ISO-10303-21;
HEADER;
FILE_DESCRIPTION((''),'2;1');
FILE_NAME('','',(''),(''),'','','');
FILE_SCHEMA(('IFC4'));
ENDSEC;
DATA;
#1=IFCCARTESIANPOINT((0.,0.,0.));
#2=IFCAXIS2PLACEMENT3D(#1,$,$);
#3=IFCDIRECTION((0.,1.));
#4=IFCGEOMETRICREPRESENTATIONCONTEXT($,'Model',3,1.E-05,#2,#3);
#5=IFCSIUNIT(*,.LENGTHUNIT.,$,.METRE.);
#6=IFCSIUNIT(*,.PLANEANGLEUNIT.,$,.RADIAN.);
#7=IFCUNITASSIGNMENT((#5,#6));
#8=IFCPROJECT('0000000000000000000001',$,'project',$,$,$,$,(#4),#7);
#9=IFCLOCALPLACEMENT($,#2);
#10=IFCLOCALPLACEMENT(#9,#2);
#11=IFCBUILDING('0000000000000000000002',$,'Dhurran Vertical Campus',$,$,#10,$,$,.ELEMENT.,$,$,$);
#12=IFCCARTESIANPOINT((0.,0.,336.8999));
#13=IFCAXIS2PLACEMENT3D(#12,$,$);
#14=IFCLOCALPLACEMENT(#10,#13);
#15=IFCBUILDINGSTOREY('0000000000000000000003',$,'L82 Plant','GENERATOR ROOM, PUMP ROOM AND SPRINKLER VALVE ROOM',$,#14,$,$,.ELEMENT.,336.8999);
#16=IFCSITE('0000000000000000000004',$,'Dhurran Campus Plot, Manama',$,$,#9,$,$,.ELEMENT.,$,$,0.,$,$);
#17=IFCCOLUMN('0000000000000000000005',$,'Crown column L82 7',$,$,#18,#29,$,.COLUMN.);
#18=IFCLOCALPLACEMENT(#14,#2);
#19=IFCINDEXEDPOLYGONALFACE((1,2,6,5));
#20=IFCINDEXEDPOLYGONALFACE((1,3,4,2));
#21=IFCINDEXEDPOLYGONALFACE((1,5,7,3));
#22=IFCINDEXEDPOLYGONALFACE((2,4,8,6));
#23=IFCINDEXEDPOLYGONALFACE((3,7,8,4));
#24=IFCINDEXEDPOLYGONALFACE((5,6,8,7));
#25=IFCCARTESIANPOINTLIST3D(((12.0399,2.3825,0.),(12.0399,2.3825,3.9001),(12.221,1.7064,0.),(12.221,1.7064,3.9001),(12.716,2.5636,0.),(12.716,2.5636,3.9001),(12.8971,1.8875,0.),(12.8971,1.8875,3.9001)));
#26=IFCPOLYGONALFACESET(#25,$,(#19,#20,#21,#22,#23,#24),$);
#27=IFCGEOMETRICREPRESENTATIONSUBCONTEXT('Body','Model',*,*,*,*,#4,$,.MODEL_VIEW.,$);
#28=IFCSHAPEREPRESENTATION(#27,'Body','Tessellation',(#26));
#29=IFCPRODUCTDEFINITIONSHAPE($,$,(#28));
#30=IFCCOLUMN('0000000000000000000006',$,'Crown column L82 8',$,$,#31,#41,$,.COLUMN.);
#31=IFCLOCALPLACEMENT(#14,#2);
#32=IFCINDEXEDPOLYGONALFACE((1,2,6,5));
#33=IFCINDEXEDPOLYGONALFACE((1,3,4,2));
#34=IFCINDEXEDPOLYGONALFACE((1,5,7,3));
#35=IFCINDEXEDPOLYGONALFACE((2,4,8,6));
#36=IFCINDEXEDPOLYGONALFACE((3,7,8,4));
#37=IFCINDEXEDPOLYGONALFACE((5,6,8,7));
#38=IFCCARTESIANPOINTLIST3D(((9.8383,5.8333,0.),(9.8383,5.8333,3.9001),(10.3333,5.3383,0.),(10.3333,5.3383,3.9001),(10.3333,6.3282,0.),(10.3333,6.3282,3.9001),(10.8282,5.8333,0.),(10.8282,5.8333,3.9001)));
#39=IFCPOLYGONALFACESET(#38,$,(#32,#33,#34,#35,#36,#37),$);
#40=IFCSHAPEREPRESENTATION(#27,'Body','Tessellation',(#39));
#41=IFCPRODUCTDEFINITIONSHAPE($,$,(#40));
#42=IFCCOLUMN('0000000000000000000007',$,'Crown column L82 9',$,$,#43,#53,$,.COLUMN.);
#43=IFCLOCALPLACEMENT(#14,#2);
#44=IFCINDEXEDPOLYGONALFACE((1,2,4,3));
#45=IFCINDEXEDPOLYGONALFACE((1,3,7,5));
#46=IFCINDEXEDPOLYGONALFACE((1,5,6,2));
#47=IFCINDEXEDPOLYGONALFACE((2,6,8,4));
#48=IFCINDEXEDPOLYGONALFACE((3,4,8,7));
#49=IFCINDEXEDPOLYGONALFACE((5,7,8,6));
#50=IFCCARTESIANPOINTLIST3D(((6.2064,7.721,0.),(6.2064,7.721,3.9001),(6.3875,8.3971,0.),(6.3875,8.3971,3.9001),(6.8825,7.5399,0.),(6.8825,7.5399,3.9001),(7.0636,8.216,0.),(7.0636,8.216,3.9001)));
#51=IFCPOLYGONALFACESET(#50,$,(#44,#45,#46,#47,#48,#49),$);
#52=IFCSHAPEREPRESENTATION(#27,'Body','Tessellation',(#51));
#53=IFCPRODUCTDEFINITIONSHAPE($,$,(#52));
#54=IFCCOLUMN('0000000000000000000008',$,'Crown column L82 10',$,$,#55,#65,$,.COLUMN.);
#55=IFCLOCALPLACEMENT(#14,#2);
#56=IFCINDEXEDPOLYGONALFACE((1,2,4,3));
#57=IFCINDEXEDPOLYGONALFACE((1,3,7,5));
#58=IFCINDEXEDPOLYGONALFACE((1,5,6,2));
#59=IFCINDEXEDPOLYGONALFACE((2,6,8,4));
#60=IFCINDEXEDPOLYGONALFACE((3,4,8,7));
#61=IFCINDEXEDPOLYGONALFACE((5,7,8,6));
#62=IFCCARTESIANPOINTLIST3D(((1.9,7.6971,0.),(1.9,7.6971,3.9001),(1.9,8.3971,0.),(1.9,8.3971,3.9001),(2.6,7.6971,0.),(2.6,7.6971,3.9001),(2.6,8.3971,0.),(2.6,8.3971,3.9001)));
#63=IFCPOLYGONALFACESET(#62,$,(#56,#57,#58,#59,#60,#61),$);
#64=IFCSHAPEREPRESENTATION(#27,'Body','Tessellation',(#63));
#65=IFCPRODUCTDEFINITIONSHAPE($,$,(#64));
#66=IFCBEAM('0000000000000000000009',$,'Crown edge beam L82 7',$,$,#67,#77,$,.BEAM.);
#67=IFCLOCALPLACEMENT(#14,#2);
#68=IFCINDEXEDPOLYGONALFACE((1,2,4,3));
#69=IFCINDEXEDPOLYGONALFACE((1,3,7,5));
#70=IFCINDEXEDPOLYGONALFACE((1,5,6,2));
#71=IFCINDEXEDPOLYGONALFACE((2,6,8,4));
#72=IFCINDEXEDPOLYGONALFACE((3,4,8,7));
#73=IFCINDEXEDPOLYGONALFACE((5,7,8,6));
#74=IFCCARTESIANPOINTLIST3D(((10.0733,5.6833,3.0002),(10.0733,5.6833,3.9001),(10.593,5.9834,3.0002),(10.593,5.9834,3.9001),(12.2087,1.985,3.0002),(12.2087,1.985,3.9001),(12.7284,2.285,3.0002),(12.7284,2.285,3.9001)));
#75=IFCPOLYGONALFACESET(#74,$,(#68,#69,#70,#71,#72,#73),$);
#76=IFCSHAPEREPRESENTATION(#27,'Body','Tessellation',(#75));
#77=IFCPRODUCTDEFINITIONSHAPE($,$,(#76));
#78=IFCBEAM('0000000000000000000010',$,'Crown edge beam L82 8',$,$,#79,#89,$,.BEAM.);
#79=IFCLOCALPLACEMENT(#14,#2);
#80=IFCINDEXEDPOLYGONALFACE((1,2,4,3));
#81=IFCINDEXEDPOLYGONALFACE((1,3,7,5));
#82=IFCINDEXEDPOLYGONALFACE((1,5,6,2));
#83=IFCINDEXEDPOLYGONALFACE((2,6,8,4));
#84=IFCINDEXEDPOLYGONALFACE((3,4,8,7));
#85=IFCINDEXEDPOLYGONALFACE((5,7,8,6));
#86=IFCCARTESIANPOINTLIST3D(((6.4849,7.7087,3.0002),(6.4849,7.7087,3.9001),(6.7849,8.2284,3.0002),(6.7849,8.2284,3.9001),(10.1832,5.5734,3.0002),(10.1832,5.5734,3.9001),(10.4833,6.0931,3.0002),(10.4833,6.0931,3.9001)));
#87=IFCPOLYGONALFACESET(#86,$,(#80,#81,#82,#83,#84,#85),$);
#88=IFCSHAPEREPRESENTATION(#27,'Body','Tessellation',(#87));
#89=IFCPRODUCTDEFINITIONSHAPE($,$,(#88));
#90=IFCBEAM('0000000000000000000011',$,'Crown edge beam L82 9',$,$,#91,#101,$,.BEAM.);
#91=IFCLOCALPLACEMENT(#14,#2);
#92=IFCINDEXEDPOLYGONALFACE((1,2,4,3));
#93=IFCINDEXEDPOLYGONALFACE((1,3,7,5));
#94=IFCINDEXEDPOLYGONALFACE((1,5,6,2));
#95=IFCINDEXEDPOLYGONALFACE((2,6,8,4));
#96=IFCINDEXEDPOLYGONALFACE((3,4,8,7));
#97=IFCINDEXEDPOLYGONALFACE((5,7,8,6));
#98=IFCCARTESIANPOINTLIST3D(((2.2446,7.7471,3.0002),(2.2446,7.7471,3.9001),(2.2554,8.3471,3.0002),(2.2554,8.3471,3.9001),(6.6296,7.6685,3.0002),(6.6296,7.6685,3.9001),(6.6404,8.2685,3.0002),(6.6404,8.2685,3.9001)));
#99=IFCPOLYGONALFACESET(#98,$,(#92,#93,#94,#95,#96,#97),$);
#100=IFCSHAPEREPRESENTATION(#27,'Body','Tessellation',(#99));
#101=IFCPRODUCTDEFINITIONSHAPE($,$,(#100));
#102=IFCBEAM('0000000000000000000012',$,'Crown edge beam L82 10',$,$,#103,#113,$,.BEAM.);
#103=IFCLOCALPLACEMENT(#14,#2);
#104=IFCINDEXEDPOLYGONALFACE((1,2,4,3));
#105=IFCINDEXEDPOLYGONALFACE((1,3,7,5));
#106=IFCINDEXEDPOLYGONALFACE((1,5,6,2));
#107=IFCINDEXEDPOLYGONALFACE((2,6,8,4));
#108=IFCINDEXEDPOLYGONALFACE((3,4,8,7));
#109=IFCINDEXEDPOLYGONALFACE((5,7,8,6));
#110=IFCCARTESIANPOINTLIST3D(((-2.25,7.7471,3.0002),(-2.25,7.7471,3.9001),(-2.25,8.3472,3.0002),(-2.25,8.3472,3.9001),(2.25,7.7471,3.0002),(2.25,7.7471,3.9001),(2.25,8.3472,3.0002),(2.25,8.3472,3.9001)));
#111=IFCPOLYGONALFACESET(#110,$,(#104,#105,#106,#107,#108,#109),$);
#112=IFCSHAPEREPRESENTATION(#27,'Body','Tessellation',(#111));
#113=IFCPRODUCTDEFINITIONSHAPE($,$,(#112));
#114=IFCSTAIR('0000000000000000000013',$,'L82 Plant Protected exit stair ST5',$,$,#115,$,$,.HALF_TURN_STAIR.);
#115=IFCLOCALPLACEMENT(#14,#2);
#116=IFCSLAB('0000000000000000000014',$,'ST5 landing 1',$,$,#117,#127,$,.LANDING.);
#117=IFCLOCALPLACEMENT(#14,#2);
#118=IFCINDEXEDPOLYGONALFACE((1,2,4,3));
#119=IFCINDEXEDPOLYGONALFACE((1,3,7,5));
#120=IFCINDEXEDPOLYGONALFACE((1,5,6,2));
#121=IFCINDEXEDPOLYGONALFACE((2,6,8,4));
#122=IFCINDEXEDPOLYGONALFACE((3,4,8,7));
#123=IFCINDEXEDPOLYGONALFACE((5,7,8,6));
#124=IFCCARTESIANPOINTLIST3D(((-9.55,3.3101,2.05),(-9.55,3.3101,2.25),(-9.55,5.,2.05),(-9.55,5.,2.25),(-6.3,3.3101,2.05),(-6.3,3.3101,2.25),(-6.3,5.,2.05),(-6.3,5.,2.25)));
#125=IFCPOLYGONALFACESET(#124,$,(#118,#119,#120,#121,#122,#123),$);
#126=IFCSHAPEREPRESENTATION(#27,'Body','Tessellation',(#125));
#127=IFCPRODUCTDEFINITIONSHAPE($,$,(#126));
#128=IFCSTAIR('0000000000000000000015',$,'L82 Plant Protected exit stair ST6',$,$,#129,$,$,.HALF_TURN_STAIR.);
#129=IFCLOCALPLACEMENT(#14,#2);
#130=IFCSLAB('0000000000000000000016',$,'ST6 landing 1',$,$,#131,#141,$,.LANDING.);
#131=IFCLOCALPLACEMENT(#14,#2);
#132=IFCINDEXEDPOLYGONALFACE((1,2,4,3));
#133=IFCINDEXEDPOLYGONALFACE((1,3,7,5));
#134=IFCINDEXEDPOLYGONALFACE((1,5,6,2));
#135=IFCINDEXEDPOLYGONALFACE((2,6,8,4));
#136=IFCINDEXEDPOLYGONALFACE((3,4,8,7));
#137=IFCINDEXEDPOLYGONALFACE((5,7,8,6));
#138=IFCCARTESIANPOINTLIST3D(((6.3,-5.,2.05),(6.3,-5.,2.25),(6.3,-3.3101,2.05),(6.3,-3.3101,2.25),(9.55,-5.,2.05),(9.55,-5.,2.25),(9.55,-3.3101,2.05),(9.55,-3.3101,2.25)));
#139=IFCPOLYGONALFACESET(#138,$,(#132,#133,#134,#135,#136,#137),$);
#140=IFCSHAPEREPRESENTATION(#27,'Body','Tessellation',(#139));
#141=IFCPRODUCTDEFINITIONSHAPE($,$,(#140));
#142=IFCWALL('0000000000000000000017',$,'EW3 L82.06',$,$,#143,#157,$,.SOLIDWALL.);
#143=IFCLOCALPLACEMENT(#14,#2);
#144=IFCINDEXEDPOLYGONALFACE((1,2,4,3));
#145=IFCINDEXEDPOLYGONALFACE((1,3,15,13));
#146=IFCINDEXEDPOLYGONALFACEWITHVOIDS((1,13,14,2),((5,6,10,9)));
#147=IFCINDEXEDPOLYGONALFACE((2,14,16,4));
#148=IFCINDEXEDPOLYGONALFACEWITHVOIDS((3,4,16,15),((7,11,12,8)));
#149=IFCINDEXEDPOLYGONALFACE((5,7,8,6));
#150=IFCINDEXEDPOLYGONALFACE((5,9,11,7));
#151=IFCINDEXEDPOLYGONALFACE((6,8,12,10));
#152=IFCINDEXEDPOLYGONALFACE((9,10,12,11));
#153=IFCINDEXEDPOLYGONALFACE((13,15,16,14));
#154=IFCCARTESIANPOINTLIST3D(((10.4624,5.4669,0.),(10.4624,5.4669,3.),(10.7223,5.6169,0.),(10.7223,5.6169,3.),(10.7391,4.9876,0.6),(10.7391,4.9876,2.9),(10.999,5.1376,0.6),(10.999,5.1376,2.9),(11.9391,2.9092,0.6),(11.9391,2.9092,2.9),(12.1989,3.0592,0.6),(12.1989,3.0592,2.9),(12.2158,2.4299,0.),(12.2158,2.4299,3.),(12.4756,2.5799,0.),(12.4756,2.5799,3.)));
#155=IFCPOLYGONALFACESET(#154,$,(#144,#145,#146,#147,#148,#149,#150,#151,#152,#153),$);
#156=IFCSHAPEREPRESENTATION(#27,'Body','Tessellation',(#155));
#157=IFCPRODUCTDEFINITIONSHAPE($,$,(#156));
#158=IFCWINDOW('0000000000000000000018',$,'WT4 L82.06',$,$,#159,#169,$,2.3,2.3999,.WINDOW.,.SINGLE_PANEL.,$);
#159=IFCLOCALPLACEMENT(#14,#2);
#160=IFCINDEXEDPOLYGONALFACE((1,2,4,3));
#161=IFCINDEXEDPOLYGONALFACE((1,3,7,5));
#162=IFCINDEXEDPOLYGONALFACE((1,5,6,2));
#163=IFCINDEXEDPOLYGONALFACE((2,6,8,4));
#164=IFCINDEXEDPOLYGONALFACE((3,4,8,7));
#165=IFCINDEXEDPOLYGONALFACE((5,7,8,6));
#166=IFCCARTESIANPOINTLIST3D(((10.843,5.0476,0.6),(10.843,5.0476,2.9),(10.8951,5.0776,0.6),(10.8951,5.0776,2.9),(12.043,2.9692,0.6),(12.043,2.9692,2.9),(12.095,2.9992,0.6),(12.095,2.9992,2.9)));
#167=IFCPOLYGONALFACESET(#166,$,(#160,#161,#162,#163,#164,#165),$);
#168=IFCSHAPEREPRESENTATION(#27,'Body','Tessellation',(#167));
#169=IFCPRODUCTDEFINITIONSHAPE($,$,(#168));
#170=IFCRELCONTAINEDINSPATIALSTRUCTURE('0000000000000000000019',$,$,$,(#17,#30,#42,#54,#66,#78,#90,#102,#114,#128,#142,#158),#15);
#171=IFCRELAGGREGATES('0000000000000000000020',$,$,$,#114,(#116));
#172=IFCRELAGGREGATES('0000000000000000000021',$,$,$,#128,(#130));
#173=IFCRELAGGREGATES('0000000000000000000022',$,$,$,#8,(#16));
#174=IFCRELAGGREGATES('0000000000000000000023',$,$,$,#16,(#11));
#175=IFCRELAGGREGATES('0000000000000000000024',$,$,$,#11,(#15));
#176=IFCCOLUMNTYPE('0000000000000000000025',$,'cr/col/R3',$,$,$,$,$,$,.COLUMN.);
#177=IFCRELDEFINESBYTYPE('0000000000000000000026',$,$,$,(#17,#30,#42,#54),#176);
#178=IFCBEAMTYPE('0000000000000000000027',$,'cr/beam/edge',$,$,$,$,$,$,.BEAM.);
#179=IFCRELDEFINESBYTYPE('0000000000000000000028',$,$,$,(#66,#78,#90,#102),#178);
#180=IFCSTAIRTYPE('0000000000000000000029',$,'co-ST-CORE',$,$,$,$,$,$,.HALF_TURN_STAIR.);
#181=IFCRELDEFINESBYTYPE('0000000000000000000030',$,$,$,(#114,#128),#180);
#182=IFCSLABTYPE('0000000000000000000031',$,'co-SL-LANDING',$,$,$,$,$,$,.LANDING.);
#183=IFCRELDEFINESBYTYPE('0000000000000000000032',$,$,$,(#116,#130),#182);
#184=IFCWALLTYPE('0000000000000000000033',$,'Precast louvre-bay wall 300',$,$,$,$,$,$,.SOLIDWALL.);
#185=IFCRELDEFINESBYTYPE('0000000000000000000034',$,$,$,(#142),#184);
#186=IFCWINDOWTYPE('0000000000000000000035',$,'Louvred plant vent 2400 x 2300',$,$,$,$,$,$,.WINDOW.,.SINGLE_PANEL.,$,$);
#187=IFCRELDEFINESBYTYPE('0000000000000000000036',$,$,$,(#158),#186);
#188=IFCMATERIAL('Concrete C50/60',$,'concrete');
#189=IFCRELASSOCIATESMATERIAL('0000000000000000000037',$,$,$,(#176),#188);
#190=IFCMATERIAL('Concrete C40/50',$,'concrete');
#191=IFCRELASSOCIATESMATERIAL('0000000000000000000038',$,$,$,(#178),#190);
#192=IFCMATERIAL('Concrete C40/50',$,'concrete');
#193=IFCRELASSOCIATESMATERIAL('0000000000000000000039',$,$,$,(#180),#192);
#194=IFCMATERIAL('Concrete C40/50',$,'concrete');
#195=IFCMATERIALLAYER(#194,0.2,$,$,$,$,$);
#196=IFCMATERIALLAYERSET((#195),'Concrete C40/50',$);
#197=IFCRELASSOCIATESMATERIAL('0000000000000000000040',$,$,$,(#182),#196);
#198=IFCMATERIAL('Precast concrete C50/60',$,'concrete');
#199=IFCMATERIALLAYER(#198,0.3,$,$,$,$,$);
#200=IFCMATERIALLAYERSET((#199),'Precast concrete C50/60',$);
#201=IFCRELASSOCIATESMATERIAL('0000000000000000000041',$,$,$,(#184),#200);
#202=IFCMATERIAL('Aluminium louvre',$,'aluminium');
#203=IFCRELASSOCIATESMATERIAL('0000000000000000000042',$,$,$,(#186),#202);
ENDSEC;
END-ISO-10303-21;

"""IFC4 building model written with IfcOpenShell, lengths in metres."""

from ifc_helpers import new_model, si_unit, direction, frame, frame_2d, origin, origin_2d, place, context, subcontext, project, spatial, polyline, rectangle, outline, extrude, material, layer, layer_set, material_profile, profile_set, type_object, element, fill, aggregate, save


model = new_model("IFC4")

# Units and contexts
model_context = context("Model", 3, precision=1e-05, world=origin(), true_north=direction((0.0, 1.0)))
body_context = subcontext(model_context, "Body", "Model", "MODEL_VIEW")
ifc_project = project(units=[si_unit("LENGTHUNIT", "METRE"), si_unit("PLANEANGLEUNIT", "RADIAN")], contexts=[model_context])

# Site, building, storey
site_placement = place(None, origin())
site = spatial("IfcSite", under=ifc_project, at=site_placement, Name="Dhurran Campus Plot, Manama", CompositionType="ELEMENT", RefElevation=0.0)
building_placement = place(site_placement, origin())
building = spatial("IfcBuilding", under=site, at=building_placement, Name="Dhurran Vertical Campus", CompositionType="ELEMENT")
storey_placement = place(building_placement, frame((0.0, 0.0, 336.8999)))
storey = spatial("IfcBuildingStorey", under=building, at=storey_placement, Name="L82 Plant", Description="GENERATOR ROOM, PUMP ROOM AND SPRINKLER VALVE ROOM", CompositionType="ELEMENT", Elevation=336.8999)

# Columns
ifc_material_1 = material(Name="Concrete C50/60", Category="concrete")
ifc_material_profile_1 = material_profile(ifc_material_1, rectangle(XDim=0.7, YDim=0.7, at=origin_2d()), Name="cr/col/R3")
ifc_profile_set_1 = profile_set([ifc_material_profile_1], Name="Concrete C50/60")
column_type = type_object("IfcColumnType", Name="cr/col/R3", PredefinedType="COLUMN", material=ifc_profile_set_1)
for number, where, z_axis, x_axis, name in (
    (1, (12.4685, 2.135, 0.0), (0.0, 0.0, 1.0), (-0.258819, 0.965926, 0.0), "Crown column L82 7"),
    (2, (10.3333, 5.8333, 0.0), (0.0, 0.0, 1.0), (-0.707107, 0.707107, 0.0), "Crown column L82 8"),
    (3, (6.635, 7.9685, 0.0), (0.0, 0.0, 1.0), (-0.965926, 0.258819, 0.0), "Crown column L82 9"),
    (4, (2.25, 8.0471, 0.0), (0.0, 0.0, 1.0), (-1.0, 0.0, 0.0), "Crown column L82 10"),
):
    element("IfcColumn", number, at=place(storey_placement, frame(where, z_axis=z_axis, x_axis=x_axis)), inside=storey, type_object=column_type, Name=name, PredefinedType="COLUMN", context=body_context, shape_type="SweptSolid", body=[
        extrude(rectangle(XDim=0.7, YDim=0.7, at=origin_2d()), origin(), (0.0, 0.0, 1.0), 3.9001),
    ])

# Beams
ifc_material_2 = material(Name="Concrete C40/50", Category="concrete")
ifc_material_profile_2 = material_profile(ifc_material_2, rectangle(XDim=0.6001, YDim=0.8999, at=origin_2d()), Name="cr/beam/edge")
ifc_profile_set_2 = profile_set([ifc_material_profile_2], Name="Concrete C40/50")
beam_type = type_object("IfcBeamType", Name="cr/beam/edge", PredefinedType="BEAM", material=ifc_profile_set_2)
for number, where, z_axis, x_axis, name in (
    (5, (12.4685, 2.135, 3.4502), (-0.500013, 0.866018, 0.0), (-0.866018, -0.500013, 0.0), "Crown edge beam L82 7"),
    (6, (10.3333, 5.8333, 3.4502), (-0.866018, 0.500013, 0.0), (-0.500013, -0.866018, 0.0), "Crown edge beam L82 8"),
):
    element("IfcBeam", number, at=place(storey_placement, frame(where, z_axis=z_axis, x_axis=x_axis)), inside=storey, type_object=beam_type, Name=name, PredefinedType="BEAM", context=body_context, shape_type="SweptSolid", body=[
        extrude(rectangle(XDim=0.6001, YDim=0.8999, at=origin_2d()), origin(), (0.0, 0.0, 1.0), 4.2705),
    ])
beam_1_placement = place(storey_placement, frame((6.635, 7.9685, 3.4502), z_axis=(-0.999839, 0.017925, 0.0), x_axis=(-0.017925, -0.999839, 0.0)))
element("IfcBeam", 7, at=beam_1_placement, inside=storey, type_object=beam_type, Name="Crown edge beam L82 9", PredefinedType="BEAM", context=body_context, shape_type="SweptSolid", body=[
    extrude(rectangle(XDim=0.6001, YDim=0.8999, at=origin_2d()), origin(), (0.0, 0.0, 1.0), 4.3857),
])
beam_2_placement = place(storey_placement, frame((2.25, 8.0471, 3.4502), z_axis=(-1.0, 0.0, 0.0), x_axis=(0.0, -1.0, 0.0)))
element("IfcBeam", 8, at=beam_2_placement, inside=storey, type_object=beam_type, Name="Crown edge beam L82 10", PredefinedType="BEAM", context=body_context, shape_type="SweptSolid", body=[
    extrude(rectangle(XDim=0.6001, YDim=0.8999, at=origin_2d()), origin(), (0.0, 0.0, 1.0), 4.5),
])

# Stairs, slabs
ifc_material_3 = material(Name="Concrete C40/50", Category="concrete")
stair_type = type_object("IfcStairType", Name="co-ST-CORE", PredefinedType="HALF_TURN_STAIR", material=ifc_material_3)
stair_1_placement = place(storey_placement, origin())
stair_1 = element("IfcStair", 9, at=stair_1_placement, inside=storey, type_object=stair_type, Name="L82 Plant Protected exit stair ST5", PredefinedType="HALF_TURN_STAIR")
ifc_material_4 = material(Name="Concrete C40/50", Category="concrete")
ifc_layer_1 = layer(ifc_material_4, 0.2)
ifc_layer_set_1 = layer_set([ifc_layer_1], Name="Concrete C40/50")
slab_type = type_object("IfcSlabType", Name="co-SL-LANDING", PredefinedType="LANDING", material=ifc_layer_set_1)
slab_1_placement = place(storey_placement, frame((0.0, 0.0, 2.05)))
slab_1 = element("IfcSlab", 10, at=slab_1_placement, type_object=slab_type, Name="ST5 landing 1", PredefinedType="LANDING", context=body_context, shape_type="SweptSolid", body=[
    extrude(outline(polyline([(-6.3, 3.3101), (-6.3, 5.0), (-9.55, 5.0), (-9.55, 3.3101), (-6.3, 3.3101)])), origin(), (0.0, 0.0, 1.0), 0.2),
])
aggregate(stair_1, [slab_1])
stair_2_placement = place(storey_placement, origin())
stair_2 = element("IfcStair", 11, at=stair_2_placement, inside=storey, type_object=stair_type, Name="L82 Plant Protected exit stair ST6", PredefinedType="HALF_TURN_STAIR")
slab_2_placement = place(storey_placement, frame((0.0, 0.0, 2.05)))
slab_2 = element("IfcSlab", 12, at=slab_2_placement, type_object=slab_type, Name="ST6 landing 1", PredefinedType="LANDING", context=body_context, shape_type="SweptSolid", body=[
    extrude(outline(polyline([(6.3, -3.3101), (6.3, -5.0), (9.55, -5.0), (9.55, -3.3101), (6.3, -3.3101)])), origin(), (0.0, 0.0, 1.0), 0.2),
])

# Wall, opening, window
ifc_material_5 = material(Name="Precast concrete C50/60", Category="concrete")
ifc_layer_2 = layer(ifc_material_5, 0.3)
ifc_layer_set_2 = layer_set([ifc_layer_2], Name="Precast concrete C50/60")
wall_type_1 = type_object("IfcWallType", Name="Precast louvre-bay wall 300", PredefinedType="SOLIDWALL", material=ifc_layer_set_2)
wall_1_placement = place(storey_placement, frame((12.3457, 2.5049, 0.0), z_axis=(0.0, 0.0, 1.0), x_axis=(-0.499988, 0.866033, 0.0)))
wall_1 = element("IfcWall", 13, at=wall_1_placement, inside=storey, type_object=wall_type_1, Name="EW3 L82.06", PredefinedType="SOLIDWALL", context=body_context, shape_type="SweptSolid", body=[
    extrude(rectangle(XDim=3.5068, YDim=0.3, at=frame_2d((1.7534, 0.0))), origin(), (0.0, 0.0, 1.0), 3.0),
])
opening_1_placement = place(wall_1_placement, frame((0.5535, 0.0, 0.6001)))
opening_1 = element("IfcOpeningElement", 14, at=opening_1_placement, cuts=wall_1, PredefinedType="OPENING", context=body_context, shape_type="SweptSolid", body=[
    extrude(rectangle(XDim=2.3999, YDim=2.3, at=frame_2d((1.2, 1.1499))), frame((0.0, 0.1599, 0.0), z_axis=(0.0, -1.0, 0.0), x_axis=(1.0, 0.0, 0.0)), (0.0, 0.0, 1.0), 0.3201),
])
ifc_material_6 = material(Name="Aluminium louvre", Category="aluminium")
window_type_1 = type_object("IfcWindowType", Name="Louvred plant vent 2400 x 2300", PartitioningType="SINGLE_PANEL", PredefinedType="WINDOW", material=ifc_material_6)
window_1_placement = place(opening_1_placement, origin())
window_1 = element("IfcWindow", 15, at=window_1_placement, inside=storey, type_object=window_type_1, Name="WT4 L82.06", OverallHeight=2.3, OverallWidth=2.3999, PartitioningType="SINGLE_PANEL", PredefinedType="WINDOW", context=body_context, shape_type="SweptSolid", body=[
    extrude(rectangle(XDim=2.3999, YDim=2.3, at=frame_2d((1.2, 1.1499))), frame((0.0, 0.03, 0.0), z_axis=(0.0, -1.0, 0.0), x_axis=(1.0, 0.0, 0.0)), (0.0, 0.0, 1.0), 0.0601),
])
fill(opening_1, window_1)

aggregate(stair_2, [slab_2])

save(model, "model.ifc")
